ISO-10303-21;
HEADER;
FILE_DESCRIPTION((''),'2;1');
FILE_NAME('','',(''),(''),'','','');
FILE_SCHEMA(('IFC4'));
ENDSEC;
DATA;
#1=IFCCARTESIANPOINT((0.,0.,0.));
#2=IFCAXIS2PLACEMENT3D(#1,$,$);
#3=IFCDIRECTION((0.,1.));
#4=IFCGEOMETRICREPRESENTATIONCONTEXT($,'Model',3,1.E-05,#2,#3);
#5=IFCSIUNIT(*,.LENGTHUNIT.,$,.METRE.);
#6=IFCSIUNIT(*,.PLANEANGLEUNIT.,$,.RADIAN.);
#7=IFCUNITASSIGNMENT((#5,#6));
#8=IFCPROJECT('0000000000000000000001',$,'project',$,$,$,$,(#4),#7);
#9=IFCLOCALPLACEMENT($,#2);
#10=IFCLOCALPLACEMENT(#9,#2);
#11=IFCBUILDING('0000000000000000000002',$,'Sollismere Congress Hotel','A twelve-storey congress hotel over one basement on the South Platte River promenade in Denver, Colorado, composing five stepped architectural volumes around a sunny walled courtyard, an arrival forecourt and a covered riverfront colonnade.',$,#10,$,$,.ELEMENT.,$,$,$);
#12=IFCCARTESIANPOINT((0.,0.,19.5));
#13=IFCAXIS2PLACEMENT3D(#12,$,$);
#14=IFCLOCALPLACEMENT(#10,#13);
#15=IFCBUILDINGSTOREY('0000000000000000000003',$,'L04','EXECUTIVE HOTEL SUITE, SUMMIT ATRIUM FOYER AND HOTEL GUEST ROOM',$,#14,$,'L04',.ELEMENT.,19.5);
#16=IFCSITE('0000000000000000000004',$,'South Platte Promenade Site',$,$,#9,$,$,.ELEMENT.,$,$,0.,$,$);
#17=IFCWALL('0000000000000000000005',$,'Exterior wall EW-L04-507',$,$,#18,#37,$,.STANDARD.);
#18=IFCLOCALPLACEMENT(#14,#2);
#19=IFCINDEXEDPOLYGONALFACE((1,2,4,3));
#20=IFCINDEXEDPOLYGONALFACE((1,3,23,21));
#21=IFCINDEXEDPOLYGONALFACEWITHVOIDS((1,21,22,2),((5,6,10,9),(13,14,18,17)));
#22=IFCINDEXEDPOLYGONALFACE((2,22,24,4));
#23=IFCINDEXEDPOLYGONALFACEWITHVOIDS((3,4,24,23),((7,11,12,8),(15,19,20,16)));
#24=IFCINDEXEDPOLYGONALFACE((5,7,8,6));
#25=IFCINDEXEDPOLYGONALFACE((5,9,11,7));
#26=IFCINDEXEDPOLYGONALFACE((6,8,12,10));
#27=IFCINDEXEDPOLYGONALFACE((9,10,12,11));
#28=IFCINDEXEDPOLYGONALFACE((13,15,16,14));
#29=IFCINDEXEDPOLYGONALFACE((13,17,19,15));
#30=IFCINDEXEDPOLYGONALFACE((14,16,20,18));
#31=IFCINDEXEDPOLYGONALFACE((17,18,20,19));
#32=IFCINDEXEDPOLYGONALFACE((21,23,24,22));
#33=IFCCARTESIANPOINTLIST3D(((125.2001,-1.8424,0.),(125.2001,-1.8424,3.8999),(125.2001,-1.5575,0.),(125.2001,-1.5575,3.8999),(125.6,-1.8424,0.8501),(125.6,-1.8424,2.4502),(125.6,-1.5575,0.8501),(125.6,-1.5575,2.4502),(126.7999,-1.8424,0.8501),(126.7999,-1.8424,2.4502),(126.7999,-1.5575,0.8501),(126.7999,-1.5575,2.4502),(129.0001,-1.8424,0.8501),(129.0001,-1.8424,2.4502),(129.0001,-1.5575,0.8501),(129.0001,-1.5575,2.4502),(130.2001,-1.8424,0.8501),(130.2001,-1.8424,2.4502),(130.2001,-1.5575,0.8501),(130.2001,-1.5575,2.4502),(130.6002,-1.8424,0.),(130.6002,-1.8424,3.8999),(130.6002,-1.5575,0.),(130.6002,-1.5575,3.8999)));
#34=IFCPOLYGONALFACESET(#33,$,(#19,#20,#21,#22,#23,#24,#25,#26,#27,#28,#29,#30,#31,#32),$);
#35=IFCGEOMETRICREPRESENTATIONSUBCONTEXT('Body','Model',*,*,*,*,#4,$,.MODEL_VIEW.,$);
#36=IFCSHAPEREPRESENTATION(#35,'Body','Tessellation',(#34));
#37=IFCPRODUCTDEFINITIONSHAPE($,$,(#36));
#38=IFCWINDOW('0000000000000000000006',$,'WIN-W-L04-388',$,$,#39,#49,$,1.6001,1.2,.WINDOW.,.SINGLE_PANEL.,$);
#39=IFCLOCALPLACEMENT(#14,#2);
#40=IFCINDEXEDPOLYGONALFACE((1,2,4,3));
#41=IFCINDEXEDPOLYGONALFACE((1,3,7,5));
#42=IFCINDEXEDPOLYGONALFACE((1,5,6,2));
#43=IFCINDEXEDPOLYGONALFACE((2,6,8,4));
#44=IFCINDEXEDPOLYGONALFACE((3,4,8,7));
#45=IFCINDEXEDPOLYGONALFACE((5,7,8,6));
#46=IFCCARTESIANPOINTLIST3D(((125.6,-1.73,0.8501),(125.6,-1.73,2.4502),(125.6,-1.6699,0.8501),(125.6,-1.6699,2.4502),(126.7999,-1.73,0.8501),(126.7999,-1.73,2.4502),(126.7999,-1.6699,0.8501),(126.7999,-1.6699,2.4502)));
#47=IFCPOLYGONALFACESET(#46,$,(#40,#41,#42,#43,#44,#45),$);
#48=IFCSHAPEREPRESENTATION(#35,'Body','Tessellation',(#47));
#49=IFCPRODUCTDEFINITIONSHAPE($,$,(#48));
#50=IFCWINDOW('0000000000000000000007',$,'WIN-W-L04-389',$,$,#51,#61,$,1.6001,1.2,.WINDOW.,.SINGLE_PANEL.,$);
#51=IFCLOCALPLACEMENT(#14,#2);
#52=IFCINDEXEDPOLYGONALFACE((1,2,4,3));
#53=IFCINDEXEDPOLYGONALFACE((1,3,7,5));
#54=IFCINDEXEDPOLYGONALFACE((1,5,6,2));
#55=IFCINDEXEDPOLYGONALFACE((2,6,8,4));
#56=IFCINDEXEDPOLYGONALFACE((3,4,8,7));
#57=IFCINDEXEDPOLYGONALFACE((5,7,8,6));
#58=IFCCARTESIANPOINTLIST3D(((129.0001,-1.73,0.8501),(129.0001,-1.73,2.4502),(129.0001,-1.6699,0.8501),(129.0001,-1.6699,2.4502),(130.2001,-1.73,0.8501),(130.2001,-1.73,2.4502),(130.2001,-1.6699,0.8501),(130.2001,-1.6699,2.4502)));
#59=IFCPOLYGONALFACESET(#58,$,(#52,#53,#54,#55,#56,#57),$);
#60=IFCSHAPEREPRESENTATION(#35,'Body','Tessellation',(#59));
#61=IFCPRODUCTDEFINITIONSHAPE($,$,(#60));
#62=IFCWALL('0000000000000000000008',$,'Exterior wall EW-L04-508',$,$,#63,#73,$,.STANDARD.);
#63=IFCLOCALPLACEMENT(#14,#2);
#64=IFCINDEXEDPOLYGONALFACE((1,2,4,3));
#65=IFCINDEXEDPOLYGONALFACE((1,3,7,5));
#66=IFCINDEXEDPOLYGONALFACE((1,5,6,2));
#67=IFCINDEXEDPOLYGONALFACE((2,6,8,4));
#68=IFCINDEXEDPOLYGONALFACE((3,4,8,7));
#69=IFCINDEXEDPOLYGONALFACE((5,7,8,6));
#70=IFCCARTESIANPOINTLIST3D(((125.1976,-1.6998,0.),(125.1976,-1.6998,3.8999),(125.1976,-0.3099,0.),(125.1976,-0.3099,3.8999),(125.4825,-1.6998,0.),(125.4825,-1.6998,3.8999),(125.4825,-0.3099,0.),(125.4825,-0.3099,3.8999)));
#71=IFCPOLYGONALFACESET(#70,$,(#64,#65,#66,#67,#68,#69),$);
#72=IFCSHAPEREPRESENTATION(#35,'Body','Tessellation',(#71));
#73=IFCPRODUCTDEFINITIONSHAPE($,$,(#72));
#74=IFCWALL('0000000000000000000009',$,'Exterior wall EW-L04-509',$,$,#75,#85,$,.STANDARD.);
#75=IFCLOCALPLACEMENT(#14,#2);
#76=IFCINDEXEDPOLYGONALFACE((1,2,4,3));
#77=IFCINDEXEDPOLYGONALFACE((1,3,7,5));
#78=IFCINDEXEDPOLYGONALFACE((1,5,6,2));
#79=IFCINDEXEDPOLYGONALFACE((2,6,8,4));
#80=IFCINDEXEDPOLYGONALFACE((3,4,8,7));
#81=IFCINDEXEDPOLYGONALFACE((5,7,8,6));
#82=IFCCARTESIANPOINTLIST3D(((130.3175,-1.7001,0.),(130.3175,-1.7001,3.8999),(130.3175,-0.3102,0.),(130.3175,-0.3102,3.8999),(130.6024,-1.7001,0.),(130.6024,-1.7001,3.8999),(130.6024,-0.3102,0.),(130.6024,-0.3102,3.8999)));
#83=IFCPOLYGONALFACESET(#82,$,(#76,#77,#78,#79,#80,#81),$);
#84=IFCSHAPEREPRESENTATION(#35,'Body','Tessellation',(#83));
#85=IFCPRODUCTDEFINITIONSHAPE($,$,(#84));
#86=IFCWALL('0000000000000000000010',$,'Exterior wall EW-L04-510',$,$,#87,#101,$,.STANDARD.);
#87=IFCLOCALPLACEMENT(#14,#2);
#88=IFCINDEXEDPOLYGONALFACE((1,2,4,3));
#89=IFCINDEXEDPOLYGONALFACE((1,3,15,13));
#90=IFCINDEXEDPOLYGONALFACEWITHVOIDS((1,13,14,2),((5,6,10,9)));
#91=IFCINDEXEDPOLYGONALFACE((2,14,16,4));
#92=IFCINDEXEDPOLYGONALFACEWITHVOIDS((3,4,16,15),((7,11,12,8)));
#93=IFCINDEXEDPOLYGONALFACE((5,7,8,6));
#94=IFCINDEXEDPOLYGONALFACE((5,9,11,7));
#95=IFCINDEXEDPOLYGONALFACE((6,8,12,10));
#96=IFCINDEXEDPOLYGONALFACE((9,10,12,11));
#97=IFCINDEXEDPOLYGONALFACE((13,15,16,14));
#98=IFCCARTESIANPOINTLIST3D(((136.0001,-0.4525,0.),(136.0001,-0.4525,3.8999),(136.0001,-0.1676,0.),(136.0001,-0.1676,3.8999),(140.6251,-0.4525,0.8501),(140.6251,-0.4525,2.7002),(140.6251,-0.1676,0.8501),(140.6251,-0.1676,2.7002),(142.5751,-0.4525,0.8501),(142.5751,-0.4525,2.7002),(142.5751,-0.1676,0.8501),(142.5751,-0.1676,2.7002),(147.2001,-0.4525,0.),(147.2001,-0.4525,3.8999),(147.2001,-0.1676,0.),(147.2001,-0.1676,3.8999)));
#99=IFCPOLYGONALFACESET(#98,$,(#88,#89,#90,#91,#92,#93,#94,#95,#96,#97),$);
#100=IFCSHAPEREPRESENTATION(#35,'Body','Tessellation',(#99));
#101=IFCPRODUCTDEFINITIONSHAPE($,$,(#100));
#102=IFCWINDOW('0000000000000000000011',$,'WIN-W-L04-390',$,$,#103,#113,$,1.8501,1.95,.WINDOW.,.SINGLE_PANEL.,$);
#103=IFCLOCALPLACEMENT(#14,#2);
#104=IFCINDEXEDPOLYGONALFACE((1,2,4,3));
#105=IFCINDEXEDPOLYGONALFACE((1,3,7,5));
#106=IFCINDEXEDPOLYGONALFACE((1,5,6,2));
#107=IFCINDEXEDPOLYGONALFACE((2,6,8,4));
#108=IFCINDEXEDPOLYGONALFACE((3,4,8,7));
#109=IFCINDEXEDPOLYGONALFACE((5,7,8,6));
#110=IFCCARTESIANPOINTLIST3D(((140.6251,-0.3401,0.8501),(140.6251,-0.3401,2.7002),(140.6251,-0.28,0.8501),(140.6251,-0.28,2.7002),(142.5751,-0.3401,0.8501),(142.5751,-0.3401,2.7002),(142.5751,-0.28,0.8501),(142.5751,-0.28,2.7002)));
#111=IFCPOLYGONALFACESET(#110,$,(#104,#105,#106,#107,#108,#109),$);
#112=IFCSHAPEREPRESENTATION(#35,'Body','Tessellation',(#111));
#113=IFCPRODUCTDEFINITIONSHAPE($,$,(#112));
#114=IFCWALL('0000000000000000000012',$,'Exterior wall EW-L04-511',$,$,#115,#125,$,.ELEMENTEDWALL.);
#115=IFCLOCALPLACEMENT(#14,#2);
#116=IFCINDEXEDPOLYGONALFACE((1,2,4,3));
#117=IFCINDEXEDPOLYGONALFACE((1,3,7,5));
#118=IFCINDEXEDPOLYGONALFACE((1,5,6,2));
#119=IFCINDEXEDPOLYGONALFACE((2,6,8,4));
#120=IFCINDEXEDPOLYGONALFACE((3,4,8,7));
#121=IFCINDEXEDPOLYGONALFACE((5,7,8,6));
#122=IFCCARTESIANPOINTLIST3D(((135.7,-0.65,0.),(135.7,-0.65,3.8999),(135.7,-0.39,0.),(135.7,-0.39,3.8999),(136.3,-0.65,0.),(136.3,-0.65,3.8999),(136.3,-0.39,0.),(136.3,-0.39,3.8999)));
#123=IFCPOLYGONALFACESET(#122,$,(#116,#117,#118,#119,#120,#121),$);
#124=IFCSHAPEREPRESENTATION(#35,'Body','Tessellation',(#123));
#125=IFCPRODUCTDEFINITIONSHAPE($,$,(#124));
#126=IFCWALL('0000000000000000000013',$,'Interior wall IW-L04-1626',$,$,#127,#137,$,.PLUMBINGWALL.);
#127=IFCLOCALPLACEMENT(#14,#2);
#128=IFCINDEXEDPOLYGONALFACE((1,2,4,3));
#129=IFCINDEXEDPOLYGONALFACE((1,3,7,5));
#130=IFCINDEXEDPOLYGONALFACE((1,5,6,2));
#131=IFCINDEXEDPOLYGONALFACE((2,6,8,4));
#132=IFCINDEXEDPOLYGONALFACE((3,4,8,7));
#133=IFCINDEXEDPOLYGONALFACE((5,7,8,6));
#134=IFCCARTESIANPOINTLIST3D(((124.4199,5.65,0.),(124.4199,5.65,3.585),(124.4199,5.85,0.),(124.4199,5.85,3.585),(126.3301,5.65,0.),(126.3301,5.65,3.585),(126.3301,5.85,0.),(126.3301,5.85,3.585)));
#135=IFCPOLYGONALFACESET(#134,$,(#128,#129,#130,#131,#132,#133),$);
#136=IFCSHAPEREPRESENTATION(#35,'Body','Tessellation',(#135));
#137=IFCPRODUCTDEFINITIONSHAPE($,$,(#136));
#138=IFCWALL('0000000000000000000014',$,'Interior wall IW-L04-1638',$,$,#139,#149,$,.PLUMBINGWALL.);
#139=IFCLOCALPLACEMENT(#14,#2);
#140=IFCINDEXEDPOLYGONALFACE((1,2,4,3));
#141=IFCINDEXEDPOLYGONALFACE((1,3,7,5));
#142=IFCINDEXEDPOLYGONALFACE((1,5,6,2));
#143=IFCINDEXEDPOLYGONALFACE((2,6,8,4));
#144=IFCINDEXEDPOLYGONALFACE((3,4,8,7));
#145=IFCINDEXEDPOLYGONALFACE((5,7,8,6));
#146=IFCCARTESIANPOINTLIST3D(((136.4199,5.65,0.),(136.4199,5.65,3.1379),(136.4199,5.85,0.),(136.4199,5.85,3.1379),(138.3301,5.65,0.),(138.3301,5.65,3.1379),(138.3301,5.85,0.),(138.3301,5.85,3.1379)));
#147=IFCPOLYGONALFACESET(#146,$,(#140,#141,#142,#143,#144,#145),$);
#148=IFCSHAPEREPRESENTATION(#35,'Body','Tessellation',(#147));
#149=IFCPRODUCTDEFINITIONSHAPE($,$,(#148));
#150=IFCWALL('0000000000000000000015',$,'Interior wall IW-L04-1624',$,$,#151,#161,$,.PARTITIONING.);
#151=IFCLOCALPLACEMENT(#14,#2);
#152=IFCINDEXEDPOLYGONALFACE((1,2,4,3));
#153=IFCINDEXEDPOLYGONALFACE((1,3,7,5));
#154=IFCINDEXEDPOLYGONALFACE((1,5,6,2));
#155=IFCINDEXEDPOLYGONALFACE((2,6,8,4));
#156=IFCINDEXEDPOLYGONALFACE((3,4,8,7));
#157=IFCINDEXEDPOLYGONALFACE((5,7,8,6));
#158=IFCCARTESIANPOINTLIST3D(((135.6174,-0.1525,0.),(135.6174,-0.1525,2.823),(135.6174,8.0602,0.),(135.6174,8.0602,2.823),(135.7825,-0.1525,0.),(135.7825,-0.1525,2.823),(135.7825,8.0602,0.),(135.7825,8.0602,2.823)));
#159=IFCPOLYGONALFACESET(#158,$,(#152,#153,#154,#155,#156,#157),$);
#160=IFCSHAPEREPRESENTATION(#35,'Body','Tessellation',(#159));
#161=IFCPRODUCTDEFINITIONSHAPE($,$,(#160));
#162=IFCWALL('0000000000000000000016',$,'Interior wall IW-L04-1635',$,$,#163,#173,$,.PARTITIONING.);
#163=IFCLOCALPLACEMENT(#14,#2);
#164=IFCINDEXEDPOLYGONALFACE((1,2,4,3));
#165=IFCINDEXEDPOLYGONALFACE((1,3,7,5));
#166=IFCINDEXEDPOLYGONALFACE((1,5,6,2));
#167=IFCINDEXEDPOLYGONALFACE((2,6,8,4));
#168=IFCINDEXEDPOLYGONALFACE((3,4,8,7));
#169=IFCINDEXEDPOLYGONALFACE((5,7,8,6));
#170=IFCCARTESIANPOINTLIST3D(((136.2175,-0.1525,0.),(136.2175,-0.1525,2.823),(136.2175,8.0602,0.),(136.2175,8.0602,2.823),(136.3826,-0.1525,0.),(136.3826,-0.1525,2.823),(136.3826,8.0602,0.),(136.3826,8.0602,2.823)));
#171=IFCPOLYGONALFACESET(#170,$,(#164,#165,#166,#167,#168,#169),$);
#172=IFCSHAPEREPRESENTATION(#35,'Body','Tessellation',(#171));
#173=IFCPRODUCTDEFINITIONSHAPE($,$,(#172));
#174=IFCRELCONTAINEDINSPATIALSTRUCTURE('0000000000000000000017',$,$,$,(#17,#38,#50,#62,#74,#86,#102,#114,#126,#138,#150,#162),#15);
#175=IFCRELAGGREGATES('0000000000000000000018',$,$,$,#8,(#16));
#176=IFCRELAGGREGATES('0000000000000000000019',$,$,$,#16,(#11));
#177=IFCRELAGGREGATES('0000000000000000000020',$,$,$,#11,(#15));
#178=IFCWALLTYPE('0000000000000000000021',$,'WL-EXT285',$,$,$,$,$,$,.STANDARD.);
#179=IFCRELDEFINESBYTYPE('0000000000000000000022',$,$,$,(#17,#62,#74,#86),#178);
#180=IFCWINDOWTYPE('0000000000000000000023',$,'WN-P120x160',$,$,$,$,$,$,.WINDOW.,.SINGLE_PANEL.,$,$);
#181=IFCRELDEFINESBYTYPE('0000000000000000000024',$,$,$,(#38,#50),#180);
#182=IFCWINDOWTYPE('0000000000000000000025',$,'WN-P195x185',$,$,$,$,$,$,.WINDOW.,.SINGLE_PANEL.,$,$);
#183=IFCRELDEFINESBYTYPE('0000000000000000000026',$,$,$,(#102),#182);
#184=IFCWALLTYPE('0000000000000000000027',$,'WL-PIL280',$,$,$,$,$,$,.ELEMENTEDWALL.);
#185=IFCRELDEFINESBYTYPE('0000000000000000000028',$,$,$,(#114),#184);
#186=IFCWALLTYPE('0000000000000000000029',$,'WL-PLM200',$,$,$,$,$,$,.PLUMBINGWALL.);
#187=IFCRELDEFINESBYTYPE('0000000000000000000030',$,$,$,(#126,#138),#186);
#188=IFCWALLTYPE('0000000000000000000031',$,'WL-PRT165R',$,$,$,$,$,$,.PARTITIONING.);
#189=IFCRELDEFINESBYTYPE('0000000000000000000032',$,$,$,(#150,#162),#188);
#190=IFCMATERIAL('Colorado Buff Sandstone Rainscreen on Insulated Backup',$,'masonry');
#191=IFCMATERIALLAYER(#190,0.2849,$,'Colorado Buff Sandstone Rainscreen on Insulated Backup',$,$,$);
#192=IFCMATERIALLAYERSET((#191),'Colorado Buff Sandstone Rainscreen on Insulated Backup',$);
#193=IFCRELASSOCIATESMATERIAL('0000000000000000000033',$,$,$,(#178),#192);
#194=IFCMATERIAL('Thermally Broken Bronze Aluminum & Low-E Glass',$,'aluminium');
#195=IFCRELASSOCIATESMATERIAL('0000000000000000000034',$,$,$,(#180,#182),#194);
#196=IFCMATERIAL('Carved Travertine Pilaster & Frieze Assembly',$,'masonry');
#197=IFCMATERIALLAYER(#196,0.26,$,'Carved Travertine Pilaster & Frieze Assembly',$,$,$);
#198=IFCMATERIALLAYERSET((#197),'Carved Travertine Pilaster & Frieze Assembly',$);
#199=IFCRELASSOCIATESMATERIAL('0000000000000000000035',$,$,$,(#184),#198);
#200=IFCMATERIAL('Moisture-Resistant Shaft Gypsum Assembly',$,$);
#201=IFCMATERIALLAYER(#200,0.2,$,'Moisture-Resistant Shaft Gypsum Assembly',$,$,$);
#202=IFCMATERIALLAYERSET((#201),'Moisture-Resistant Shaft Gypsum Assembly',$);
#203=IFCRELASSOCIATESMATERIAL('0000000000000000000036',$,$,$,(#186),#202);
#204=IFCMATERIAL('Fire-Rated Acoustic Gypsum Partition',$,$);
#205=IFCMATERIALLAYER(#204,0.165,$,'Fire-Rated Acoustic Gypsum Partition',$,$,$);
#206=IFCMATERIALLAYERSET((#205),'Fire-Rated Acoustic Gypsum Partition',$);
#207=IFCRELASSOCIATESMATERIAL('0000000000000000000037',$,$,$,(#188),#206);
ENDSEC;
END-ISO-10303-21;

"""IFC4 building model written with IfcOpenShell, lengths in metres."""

from ifc_helpers import new_model, si_unit, direction, frame, frame_2d, origin, place, context, subcontext, project, spatial, rectangle, extrude, material, layer, layer_set, type_object, element, fill, save


model = new_model("IFC4")

# Units and contexts
model_context = context("Model", 3, precision=1e-05, world=origin(), true_north=direction((0.0, 1.0)))
body_context = subcontext(model_context, "Body", "Model", "MODEL_VIEW")
ifc_project = project(units=[si_unit("LENGTHUNIT", "METRE"), si_unit("PLANEANGLEUNIT", "RADIAN")], contexts=[model_context])

# Site, building, storey
site_placement = place(None, origin())
site = spatial("IfcSite", under=ifc_project, at=site_placement, Name="South Platte Promenade Site", CompositionType="ELEMENT", RefElevation=0.0)
building_placement = place(site_placement, origin())
building = spatial("IfcBuilding", under=site, at=building_placement, Name="Sollismere Congress Hotel", Description="A twelve-storey congress hotel over one basement on the South Platte River promenade in Denver, Colorado, composing five stepped architectural volumes around a sunny walled courtyard, an arrival forecourt and a covered riverfront colonnade.", CompositionType="ELEMENT")
storey_placement = place(building_placement, frame((0.0, 0.0, 19.5)))
storey = spatial("IfcBuildingStorey", under=building, at=storey_placement, Name="L04", Description="EXECUTIVE HOTEL SUITE, SUMMIT ATRIUM FOYER AND HOTEL GUEST ROOM", LongName="L04", CompositionType="ELEMENT", Elevation=19.5)

# Shared definitions
ifc_material_1 = material(Name="Colorado Buff Sandstone Rainscreen on Insulated Backup", Category="masonry")
ifc_layer_1 = layer(ifc_material_1, 0.2849, Name="Colorado Buff Sandstone Rainscreen on Insulated Backup")
ifc_layer_set_1 = layer_set([ifc_layer_1], Name="Colorado Buff Sandstone Rainscreen on Insulated Backup")
wall_type_1 = type_object("IfcWallType", Name="WL-EXT285", PredefinedType="STANDARD", material=ifc_layer_set_1)
ifc_material_2 = material(Name="Thermally Broken Bronze Aluminum & Low-E Glass", Category="aluminium")

# Wall, openings, windows
wall_1_placement = place(storey_placement, frame((125.2, -1.7, 0.0), z_axis=(0.0, 0.0, 1.0), x_axis=(1.0, 0.0, 0.0)))
wall_1 = element("IfcWall", 1, at=wall_1_placement, inside=storey, type_object=wall_type_1, Name="Exterior wall EW-L04-507", PredefinedType="STANDARD", context=body_context, shape_type="SweptSolid", body=[
    extrude(rectangle(XDim=5.4001, YDim=0.2849, at=frame_2d((2.7002, 0.0))), origin(), (0.0, 0.0, 1.0), 3.8999),
])
opening_1_placement = place(wall_1_placement, frame((0.3999, 0.0, 0.8501)))
opening_1 = element("IfcOpeningElement", 2, at=opening_1_placement, cuts=wall_1, PredefinedType="OPENING", context=body_context, shape_type="SweptSolid", body=[
    extrude(rectangle(XDim=1.2, YDim=1.6001, at=frame_2d((0.6001, 0.8))), frame((0.0, 0.1523, 0.0), z_axis=(0.0, -1.0, 0.0), x_axis=(1.0, 0.0, 0.0)), (0.0, 0.0, 1.0), 0.3049),
])
opening_2_placement = place(wall_1_placement, frame((3.8, 0.0, 0.8501)))
opening_2 = element("IfcOpeningElement", 3, at=opening_2_placement, cuts=wall_1, PredefinedType="OPENING", context=body_context, shape_type="SweptSolid", body=[
    extrude(rectangle(XDim=1.2, YDim=1.6001, at=frame_2d((0.6001, 0.8))), frame((0.0, 0.1523, 0.0), z_axis=(0.0, -1.0, 0.0), x_axis=(1.0, 0.0, 0.0)), (0.0, 0.0, 1.0), 0.3049),
])
window_type_1 = type_object("IfcWindowType", Name="WN-P120x160", PartitioningType="SINGLE_PANEL", PredefinedType="WINDOW", material=ifc_material_2)
window_1_placement = place(opening_1_placement, origin())
window_1 = element("IfcWindow", 4, at=window_1_placement, inside=storey, type_object=window_type_1, Name="WIN-W-L04-388", OverallHeight=1.6001, OverallWidth=1.2, PartitioningType="SINGLE_PANEL", PredefinedType="WINDOW", context=body_context, shape_type="SweptSolid", body=[
    extrude(rectangle(XDim=1.2, YDim=1.6001, at=frame_2d((0.6001, 0.8))), frame((0.0, 0.03, 0.0), z_axis=(0.0, -1.0, 0.0), x_axis=(1.0, 0.0, 0.0)), (0.0, 0.0, 1.0), 0.0601),
])
fill(opening_1, window_1)
window_2_placement = place(opening_2_placement, origin())
window_2 = element("IfcWindow", 5, at=window_2_placement, inside=storey, type_object=window_type_1, Name="WIN-W-L04-389", OverallHeight=1.6001, OverallWidth=1.2, PartitioningType="SINGLE_PANEL", PredefinedType="WINDOW", context=body_context, shape_type="SweptSolid", body=[
    extrude(rectangle(XDim=1.2, YDim=1.6001, at=frame_2d((0.6001, 0.8))), frame((0.0, 0.03, 0.0), z_axis=(0.0, -1.0, 0.0), x_axis=(1.0, 0.0, 0.0)), (0.0, 0.0, 1.0), 0.0601),
])
fill(opening_2, window_2)

# Walls
for number, where, z_axis, x_axis, name in (
    (6, (125.3401, -0.3101, 0.0), (0.0, 0.0, 1.0), (0.0, -1.0, 0.0), "Exterior wall EW-L04-508"),
    (7, (130.46, -1.7, 0.0), (0.0, 0.0, 1.0), (0.0, 1.0, 0.0), "Exterior wall EW-L04-509"),
):
    element("IfcWall", number, at=place(storey_placement, frame(where, z_axis=z_axis, x_axis=x_axis)), inside=storey, type_object=wall_type_1, Name=name, PredefinedType="STANDARD", context=body_context, shape_type="SweptSolid", body=[
        extrude(rectangle(XDim=1.3899, YDim=0.2849, at=frame_2d((0.6948, 0.0))), origin(), (0.0, 0.0, 1.0), 3.8999),
    ])

# Wall, opening, window
wall_2_placement = place(storey_placement, frame((136.0, -0.3101, 0.0), z_axis=(0.0, 0.0, 1.0), x_axis=(1.0, 0.0, 0.0)))
wall_2 = element("IfcWall", 8, at=wall_2_placement, inside=storey, type_object=wall_type_1, Name="Exterior wall EW-L04-510", PredefinedType="STANDARD", context=body_context, shape_type="SweptSolid", body=[
    extrude(rectangle(XDim=11.2, YDim=0.2849, at=frame_2d((5.6001, 0.0))), origin(), (0.0, 0.0, 1.0), 3.8999),
])
opening_3_placement = place(wall_2_placement, frame((4.625, 0.0, 0.8501)))
opening_3 = element("IfcOpeningElement", 9, at=opening_3_placement, cuts=wall_2, PredefinedType="OPENING", context=body_context, shape_type="SweptSolid", body=[
    extrude(rectangle(XDim=1.95, YDim=1.8501, at=frame_2d((0.9751, 0.925))), frame((0.0, 0.1523, 0.0), z_axis=(0.0, -1.0, 0.0), x_axis=(1.0, 0.0, 0.0)), (0.0, 0.0, 1.0), 0.3049),
])
window_type_2 = type_object("IfcWindowType", Name="WN-P195x185", PartitioningType="SINGLE_PANEL", PredefinedType="WINDOW", material=ifc_material_2)
window_3_placement = place(opening_3_placement, origin())
window_3 = element("IfcWindow", 10, at=window_3_placement, inside=storey, type_object=window_type_2, Name="WIN-W-L04-390", OverallHeight=1.8501, OverallWidth=1.95, PartitioningType="SINGLE_PANEL", PredefinedType="WINDOW", context=body_context, shape_type="SweptSolid", body=[
    extrude(rectangle(XDim=1.95, YDim=1.8501, at=frame_2d((0.9751, 0.925))), frame((0.0, 0.03, 0.0), z_axis=(0.0, -1.0, 0.0), x_axis=(1.0, 0.0, 0.0)), (0.0, 0.0, 1.0), 0.0601),
])
fill(opening_3, window_3)

# Walls
ifc_material_3 = material(Name="Carved Travertine Pilaster & Frieze Assembly", Category="masonry")
ifc_layer_2 = layer(ifc_material_3, 0.26, Name="Carved Travertine Pilaster & Frieze Assembly")
ifc_layer_set_2 = layer_set([ifc_layer_2], Name="Carved Travertine Pilaster & Frieze Assembly")
wall_type_2 = type_object("IfcWallType", Name="WL-PIL280", PredefinedType="ELEMENTEDWALL", material=ifc_layer_set_2)
wall_3_placement = place(storey_placement, frame((135.7, -0.52, 0.0), z_axis=(0.0, 0.0, 1.0), x_axis=(1.0, 0.0, 0.0)))
element("IfcWall", 11, at=wall_3_placement, inside=storey, type_object=wall_type_2, Name="Exterior wall EW-L04-511", PredefinedType="ELEMENTEDWALL", context=body_context, shape_type="SweptSolid", body=[
    extrude(rectangle(XDim=0.6001, YDim=0.26, at=frame_2d((0.3, 0.0))), origin(), (0.0, 0.0, 1.0), 3.8999),
])
ifc_material_4 = material(Name="Moisture-Resistant Shaft Gypsum Assembly")
ifc_layer_3 = layer(ifc_material_4, 0.2, Name="Moisture-Resistant Shaft Gypsum Assembly")
ifc_layer_set_3 = layer_set([ifc_layer_3], Name="Moisture-Resistant Shaft Gypsum Assembly")
wall_type_3 = type_object("IfcWallType", Name="WL-PLM200", PredefinedType="PLUMBINGWALL", material=ifc_layer_set_3)
wall_4_placement = place(storey_placement, frame((124.4199, 5.75, 0.0), z_axis=(0.0, 0.0, 1.0), x_axis=(1.0, 0.0, 0.0)))
element("IfcWall", 12, at=wall_4_placement, inside=storey, type_object=wall_type_3, Name="Interior wall IW-L04-1626", PredefinedType="PLUMBINGWALL", context=body_context, shape_type="SweptSolid", body=[
    extrude(rectangle(XDim=1.9102, YDim=0.2, at=frame_2d((0.9551, 0.0))), origin(), (0.0, 0.0, 1.0), 3.585),
])
wall_5_placement = place(storey_placement, frame((136.4199, 5.75, 0.0), z_axis=(0.0, 0.0, 1.0), x_axis=(1.0, 0.0, 0.0)))
element("IfcWall", 13, at=wall_5_placement, inside=storey, type_object=wall_type_3, Name="Interior wall IW-L04-1638", PredefinedType="PLUMBINGWALL", context=body_context, shape_type="SweptSolid", body=[
    extrude(rectangle(XDim=1.9102, YDim=0.2, at=frame_2d((0.9551, 0.0))), origin(), (0.0, 0.0, 1.0), 3.1379),
])
ifc_material_5 = material(Name="Fire-Rated Acoustic Gypsum Partition")
ifc_layer_4 = layer(ifc_material_5, 0.165, Name="Fire-Rated Acoustic Gypsum Partition")
ifc_layer_set_4 = layer_set([ifc_layer_4], Name="Fire-Rated Acoustic Gypsum Partition")
wall_type_4 = type_object("IfcWallType", Name="WL-PRT165R", PredefinedType="PARTITIONING", material=ifc_layer_set_4)
for number, where, z_axis, x_axis, name in (
    (14, (135.7, -0.1526, 0.0), (0.0, 0.0, 1.0), (0.0, 1.0, 0.0), "Interior wall IW-L04-1624"),
    (15, (136.3, -0.1526, 0.0), (0.0, 0.0, 1.0), (0.0, 1.0, 0.0), "Interior wall IW-L04-1635"),
):
    element("IfcWall", number, at=place(storey_placement, frame(where, z_axis=z_axis, x_axis=x_axis)), inside=storey, type_object=wall_type_4, Name=name, PredefinedType="PARTITIONING", context=body_context, shape_type="SweptSolid", body=[
        extrude(rectangle(XDim=8.2126, YDim=0.165, at=frame_2d((4.1064, 0.0))), origin(), (0.0, 0.0, 1.0), 2.823),
    ])

save(model, "model.ifc")
